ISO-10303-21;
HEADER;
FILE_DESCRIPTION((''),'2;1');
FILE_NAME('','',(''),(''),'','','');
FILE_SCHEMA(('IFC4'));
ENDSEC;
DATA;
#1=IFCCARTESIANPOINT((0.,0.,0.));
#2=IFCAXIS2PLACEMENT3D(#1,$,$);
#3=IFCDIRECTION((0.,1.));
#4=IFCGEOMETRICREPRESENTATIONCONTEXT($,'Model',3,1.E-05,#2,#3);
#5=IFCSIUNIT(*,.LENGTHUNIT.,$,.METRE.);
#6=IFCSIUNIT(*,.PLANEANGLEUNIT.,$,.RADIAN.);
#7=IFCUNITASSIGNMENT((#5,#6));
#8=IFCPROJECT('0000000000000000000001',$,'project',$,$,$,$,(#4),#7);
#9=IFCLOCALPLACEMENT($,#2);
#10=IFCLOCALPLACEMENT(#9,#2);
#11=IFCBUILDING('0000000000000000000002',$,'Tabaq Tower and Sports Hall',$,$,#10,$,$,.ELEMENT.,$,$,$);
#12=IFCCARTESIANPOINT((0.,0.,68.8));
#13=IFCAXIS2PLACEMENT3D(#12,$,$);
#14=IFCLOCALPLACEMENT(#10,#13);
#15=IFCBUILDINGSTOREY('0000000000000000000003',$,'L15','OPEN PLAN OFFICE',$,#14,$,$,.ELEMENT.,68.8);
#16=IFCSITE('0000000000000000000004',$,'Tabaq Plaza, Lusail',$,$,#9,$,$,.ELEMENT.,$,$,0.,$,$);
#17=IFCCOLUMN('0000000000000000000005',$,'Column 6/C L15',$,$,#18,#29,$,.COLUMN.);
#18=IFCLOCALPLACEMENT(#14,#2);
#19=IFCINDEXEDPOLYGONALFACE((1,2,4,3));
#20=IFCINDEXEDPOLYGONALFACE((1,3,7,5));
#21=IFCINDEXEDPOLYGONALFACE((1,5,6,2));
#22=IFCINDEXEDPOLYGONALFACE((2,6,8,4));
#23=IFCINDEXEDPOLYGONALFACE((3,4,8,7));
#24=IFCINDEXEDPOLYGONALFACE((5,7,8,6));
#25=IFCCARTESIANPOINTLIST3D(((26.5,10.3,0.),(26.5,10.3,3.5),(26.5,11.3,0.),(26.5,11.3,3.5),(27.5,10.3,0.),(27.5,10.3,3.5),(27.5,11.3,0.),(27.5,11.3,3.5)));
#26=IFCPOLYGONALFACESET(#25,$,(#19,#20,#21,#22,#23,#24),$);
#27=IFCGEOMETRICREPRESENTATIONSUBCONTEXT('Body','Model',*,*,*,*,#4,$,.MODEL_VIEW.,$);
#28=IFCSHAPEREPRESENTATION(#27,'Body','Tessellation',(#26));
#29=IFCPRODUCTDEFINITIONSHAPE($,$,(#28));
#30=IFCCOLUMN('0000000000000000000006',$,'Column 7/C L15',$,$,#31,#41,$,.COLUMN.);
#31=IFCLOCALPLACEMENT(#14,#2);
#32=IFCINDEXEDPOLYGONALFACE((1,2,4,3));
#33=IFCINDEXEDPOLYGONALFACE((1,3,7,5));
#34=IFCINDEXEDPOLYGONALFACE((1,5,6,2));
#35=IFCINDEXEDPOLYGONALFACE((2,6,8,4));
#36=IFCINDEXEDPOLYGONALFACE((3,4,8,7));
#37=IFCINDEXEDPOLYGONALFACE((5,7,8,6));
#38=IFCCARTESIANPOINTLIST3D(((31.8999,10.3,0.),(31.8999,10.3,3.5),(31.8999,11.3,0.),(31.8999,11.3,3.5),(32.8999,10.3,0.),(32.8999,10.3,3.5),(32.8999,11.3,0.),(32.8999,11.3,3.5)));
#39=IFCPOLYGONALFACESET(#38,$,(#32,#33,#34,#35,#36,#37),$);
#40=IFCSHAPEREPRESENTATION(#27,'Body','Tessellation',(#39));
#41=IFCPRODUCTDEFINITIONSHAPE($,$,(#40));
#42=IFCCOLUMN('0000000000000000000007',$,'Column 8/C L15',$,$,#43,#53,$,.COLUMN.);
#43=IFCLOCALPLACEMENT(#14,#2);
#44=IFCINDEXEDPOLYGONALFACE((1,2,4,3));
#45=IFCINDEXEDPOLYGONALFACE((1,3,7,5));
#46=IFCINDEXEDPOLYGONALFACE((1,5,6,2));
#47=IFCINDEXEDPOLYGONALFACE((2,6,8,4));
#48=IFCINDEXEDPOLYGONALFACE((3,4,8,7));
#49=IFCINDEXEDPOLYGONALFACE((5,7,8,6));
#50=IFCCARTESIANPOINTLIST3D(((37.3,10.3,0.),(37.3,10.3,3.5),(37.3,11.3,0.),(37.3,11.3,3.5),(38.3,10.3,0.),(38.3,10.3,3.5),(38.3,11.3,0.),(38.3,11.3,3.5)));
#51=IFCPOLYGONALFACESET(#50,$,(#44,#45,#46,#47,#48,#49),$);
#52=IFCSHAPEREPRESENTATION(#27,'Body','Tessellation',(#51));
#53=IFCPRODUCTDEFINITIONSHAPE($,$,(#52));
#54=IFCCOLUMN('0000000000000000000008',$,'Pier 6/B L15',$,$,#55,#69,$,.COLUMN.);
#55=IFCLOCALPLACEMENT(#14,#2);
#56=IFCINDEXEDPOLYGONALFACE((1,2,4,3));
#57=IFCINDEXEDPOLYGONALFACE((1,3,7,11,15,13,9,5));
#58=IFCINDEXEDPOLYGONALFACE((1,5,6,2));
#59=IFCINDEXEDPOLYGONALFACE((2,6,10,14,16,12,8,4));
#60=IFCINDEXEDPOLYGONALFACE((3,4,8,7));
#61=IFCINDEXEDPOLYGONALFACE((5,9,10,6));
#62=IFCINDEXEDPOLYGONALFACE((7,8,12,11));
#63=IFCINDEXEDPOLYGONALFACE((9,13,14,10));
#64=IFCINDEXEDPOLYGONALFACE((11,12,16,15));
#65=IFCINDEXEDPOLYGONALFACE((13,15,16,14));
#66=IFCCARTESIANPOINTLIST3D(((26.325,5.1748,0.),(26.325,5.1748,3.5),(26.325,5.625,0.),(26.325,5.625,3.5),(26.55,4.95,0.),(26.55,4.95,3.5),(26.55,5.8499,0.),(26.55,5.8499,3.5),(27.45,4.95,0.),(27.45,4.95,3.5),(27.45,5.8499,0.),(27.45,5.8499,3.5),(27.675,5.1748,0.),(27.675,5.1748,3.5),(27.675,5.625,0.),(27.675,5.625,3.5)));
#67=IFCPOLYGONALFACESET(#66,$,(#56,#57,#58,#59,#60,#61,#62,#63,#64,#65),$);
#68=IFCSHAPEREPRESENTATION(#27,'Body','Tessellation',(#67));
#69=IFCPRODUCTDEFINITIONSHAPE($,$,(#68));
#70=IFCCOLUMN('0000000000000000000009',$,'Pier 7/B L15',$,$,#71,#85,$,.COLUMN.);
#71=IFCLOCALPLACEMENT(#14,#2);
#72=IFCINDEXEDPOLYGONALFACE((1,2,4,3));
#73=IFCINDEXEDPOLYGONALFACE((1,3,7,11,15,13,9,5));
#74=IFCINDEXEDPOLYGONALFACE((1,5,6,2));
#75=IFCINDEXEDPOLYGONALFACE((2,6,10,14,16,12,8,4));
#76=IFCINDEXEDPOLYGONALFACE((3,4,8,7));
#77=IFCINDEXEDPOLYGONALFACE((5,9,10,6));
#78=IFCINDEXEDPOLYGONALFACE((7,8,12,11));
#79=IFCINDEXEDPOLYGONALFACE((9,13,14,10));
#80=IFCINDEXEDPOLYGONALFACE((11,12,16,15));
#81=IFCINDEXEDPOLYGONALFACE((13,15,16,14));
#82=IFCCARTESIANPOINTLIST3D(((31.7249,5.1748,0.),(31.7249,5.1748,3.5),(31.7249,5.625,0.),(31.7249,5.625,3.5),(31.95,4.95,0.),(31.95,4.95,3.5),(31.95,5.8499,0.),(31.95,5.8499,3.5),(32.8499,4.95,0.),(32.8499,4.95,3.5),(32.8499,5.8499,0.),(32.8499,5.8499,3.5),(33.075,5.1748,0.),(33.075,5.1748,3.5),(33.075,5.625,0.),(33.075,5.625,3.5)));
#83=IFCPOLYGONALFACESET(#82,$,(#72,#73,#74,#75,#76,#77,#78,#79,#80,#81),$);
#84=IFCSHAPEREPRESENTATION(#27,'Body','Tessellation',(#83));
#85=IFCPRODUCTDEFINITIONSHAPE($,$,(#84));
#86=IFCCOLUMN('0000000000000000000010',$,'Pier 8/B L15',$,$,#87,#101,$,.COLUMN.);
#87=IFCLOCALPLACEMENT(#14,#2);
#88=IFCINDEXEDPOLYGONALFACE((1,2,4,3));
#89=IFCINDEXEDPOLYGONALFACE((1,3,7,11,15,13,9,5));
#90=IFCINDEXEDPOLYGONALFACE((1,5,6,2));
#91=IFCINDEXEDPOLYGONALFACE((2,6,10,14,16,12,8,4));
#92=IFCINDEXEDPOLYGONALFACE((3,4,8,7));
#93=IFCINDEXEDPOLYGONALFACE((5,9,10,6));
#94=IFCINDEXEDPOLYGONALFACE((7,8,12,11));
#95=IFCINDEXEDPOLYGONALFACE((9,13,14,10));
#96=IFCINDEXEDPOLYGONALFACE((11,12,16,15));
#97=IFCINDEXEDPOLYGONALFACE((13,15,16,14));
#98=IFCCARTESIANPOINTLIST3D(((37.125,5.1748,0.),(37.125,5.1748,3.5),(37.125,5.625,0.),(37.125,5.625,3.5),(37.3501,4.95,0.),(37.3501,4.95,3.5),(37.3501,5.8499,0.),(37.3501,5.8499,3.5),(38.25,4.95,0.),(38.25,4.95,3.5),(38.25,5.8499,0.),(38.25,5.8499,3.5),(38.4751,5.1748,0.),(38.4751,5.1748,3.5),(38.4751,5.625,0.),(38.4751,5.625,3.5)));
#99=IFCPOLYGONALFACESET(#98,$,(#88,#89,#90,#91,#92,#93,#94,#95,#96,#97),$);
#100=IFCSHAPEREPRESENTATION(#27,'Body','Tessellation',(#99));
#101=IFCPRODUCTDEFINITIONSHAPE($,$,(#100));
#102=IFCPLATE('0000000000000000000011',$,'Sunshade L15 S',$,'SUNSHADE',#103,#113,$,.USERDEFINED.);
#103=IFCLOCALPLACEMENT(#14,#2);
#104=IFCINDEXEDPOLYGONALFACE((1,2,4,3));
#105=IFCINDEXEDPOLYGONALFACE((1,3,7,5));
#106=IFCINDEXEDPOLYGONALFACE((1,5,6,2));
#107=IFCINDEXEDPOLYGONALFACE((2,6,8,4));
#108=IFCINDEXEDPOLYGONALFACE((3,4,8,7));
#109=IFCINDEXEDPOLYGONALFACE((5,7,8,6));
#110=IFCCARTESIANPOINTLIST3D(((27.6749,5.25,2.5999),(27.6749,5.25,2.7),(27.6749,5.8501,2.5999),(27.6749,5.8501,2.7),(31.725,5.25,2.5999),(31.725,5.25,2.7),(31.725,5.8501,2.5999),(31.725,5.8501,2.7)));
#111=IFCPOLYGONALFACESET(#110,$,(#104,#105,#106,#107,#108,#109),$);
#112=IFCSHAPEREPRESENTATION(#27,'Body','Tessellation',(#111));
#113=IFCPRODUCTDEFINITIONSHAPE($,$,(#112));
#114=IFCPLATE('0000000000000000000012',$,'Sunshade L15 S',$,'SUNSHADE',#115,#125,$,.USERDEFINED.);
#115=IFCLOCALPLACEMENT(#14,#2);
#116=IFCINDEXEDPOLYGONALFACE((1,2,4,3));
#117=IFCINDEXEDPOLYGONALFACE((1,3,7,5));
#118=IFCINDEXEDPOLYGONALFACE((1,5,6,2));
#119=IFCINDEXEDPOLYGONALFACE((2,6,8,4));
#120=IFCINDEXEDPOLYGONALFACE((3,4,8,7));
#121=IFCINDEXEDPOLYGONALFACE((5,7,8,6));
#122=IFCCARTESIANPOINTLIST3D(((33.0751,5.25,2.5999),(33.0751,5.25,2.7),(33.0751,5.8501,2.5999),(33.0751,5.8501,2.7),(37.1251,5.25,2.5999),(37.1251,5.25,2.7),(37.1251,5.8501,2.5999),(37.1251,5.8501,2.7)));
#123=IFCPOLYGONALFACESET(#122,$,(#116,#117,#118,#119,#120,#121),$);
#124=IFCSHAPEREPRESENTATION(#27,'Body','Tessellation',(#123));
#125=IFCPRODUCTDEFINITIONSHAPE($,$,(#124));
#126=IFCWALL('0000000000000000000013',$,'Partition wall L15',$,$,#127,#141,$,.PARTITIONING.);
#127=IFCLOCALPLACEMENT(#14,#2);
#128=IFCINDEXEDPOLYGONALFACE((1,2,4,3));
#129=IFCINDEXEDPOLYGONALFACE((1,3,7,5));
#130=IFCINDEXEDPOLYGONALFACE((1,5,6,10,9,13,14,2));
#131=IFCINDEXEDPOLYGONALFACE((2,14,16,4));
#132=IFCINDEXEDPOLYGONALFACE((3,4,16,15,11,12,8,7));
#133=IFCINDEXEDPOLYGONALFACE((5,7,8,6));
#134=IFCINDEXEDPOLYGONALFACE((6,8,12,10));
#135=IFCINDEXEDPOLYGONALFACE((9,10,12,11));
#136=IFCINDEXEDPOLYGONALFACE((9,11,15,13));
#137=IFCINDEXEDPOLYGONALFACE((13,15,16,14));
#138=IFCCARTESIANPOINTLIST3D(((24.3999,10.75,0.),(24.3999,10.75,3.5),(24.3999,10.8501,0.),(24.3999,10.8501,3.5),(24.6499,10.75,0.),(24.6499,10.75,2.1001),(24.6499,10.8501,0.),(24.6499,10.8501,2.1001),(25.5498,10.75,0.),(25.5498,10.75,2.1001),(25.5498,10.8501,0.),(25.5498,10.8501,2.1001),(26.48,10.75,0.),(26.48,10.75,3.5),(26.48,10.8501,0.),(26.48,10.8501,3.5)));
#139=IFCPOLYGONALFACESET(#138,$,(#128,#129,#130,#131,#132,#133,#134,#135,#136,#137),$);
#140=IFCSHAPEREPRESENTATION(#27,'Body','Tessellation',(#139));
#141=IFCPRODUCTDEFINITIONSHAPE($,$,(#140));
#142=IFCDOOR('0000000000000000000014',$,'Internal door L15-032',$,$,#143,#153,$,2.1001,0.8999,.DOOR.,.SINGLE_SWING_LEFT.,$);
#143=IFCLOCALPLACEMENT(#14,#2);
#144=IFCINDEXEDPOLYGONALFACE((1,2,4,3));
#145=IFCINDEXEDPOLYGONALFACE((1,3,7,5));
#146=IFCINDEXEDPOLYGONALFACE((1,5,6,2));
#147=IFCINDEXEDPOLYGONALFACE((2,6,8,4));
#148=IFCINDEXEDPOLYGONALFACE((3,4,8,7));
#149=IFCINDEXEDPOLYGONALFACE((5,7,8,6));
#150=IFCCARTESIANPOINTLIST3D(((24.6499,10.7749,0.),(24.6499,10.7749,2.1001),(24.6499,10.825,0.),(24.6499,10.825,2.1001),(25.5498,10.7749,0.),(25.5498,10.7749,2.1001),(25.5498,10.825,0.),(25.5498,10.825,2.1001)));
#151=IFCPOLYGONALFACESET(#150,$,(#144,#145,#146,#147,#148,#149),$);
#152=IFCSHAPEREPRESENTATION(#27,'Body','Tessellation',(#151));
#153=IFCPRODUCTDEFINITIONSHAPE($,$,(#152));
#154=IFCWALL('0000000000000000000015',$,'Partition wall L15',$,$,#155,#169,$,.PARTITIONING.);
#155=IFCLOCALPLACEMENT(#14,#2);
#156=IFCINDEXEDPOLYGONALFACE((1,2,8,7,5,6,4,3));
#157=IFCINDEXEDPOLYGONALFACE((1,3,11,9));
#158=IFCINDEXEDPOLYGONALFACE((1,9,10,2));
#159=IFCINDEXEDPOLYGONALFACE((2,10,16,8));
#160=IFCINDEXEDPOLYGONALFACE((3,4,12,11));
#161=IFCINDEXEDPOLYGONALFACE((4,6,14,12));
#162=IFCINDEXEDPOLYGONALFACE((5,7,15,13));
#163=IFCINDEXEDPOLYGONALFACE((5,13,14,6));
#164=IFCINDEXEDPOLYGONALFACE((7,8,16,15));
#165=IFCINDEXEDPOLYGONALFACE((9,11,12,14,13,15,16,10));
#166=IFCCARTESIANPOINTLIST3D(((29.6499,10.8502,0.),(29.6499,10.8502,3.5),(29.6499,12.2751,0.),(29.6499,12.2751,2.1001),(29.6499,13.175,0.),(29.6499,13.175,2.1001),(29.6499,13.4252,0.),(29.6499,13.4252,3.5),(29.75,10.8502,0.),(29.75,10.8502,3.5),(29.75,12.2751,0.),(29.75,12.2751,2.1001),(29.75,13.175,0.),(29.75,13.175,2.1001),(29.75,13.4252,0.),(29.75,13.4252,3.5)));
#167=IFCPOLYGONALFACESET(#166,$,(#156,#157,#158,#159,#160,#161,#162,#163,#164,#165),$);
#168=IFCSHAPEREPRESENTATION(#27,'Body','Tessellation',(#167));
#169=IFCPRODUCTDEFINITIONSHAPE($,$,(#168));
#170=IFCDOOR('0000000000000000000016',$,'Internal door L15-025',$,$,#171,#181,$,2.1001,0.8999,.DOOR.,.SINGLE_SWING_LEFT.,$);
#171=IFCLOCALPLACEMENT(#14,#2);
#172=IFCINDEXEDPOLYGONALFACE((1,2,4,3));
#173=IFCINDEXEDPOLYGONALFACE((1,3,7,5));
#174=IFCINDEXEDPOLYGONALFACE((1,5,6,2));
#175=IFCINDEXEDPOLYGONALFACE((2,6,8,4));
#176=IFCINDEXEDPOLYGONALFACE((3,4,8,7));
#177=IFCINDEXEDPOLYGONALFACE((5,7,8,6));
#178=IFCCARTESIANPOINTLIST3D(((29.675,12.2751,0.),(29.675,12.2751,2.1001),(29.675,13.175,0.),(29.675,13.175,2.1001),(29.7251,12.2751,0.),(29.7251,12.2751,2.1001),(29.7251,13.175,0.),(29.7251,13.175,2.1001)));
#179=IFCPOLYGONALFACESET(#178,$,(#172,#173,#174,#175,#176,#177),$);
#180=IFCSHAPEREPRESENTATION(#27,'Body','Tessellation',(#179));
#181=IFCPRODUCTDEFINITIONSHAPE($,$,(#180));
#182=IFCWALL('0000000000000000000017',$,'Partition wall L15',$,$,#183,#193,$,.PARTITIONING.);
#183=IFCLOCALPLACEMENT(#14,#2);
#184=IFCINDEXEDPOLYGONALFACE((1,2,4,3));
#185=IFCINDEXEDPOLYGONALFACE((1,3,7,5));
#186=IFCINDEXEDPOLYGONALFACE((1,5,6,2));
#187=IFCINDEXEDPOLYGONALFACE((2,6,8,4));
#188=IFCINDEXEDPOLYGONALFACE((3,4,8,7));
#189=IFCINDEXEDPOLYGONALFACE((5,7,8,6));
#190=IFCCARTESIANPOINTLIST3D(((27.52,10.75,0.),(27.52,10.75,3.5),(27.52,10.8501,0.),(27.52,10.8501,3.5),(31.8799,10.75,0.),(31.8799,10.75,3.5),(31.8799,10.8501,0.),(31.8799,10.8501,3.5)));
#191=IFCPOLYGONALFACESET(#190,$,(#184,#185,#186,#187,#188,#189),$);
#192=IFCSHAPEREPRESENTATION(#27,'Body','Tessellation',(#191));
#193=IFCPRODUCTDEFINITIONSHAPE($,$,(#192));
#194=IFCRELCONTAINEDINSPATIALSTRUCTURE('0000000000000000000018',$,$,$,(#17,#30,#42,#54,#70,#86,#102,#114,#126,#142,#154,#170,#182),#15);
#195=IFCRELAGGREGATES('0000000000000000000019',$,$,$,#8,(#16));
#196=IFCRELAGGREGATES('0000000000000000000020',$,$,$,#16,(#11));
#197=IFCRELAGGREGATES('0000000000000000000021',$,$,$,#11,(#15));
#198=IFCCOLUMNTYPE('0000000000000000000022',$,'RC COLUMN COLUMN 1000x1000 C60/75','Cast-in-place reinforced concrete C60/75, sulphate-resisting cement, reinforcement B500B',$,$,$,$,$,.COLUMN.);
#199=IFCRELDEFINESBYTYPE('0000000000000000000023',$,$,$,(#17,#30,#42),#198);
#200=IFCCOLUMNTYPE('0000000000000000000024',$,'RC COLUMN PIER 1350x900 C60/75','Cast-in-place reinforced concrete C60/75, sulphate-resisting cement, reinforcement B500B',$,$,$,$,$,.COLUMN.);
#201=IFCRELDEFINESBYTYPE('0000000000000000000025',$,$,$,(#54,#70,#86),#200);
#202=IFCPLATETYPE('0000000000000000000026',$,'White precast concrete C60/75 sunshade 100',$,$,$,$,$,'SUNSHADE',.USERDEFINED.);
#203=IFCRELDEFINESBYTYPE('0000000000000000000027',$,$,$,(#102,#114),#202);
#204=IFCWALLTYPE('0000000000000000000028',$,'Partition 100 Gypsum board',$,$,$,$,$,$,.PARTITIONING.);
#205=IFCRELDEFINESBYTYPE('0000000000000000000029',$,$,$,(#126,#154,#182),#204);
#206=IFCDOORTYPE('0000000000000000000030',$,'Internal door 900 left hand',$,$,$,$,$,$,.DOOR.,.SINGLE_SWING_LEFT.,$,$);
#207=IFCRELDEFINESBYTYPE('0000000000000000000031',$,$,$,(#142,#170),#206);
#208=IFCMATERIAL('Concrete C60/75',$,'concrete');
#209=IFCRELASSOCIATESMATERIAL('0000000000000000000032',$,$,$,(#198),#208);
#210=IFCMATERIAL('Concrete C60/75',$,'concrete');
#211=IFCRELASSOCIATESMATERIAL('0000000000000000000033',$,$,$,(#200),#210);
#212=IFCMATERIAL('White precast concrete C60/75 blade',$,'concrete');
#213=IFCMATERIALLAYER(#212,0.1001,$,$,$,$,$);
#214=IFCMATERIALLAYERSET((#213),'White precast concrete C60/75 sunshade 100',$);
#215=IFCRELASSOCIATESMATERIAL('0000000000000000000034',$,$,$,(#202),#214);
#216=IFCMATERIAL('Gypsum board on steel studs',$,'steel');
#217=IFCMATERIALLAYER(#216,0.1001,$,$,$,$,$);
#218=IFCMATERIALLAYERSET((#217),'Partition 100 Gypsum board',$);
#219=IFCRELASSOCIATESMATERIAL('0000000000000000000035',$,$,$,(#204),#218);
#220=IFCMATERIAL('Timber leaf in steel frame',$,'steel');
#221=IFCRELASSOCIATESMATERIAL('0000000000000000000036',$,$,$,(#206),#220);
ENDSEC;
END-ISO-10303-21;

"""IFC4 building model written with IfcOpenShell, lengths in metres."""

from ifc_helpers import new_model, si_unit, direction, frame, frame_2d, origin, origin_2d, place, context, subcontext, project, spatial, polyline, rectangle, outline, extrude, material, layer, layer_set, material_profile, profile_set, type_object, element, fill, save


model = new_model("IFC4")

# Units and contexts
model_context = context("Model", 3, precision=1e-05, world=origin(), true_north=direction((0.0, 1.0)))
body_context = subcontext(model_context, "Body", "Model", "MODEL_VIEW")
ifc_project = project(units=[si_unit("LENGTHUNIT", "METRE"), si_unit("PLANEANGLEUNIT", "RADIAN")], contexts=[model_context])

# Site, building, storey
site_placement = place(None, origin())
site = spatial("IfcSite", under=ifc_project, at=site_placement, Name="Tabaq Plaza, Lusail", CompositionType="ELEMENT", RefElevation=0.0)
building_placement = place(site_placement, origin())
building = spatial("IfcBuilding", under=site, at=building_placement, Name="Tabaq Tower and Sports Hall", CompositionType="ELEMENT")
storey_placement = place(building_placement, frame((0.0, 0.0, 68.8)))
storey = spatial("IfcBuildingStorey", under=building, at=storey_placement, Name="L15", Description="OPEN PLAN OFFICE", CompositionType="ELEMENT", Elevation=68.8)

# Columns
ifc_material_1 = material(Name="Concrete C60/75", Category="concrete")
ifc_material_profile_1 = material_profile(ifc_material_1, rectangle(XDim=1.0, YDim=1.0, at=origin_2d()), Name="COLUMN 1000x1000")
ifc_profile_set_1 = profile_set([ifc_material_profile_1], Name="Concrete C60/75")
column_type_1 = type_object("IfcColumnType", Name="RC COLUMN COLUMN 1000x1000 C60/75", Description="Cast-in-place reinforced concrete C60/75, sulphate-resisting cement, reinforcement B500B", PredefinedType="COLUMN", material=ifc_profile_set_1)
for number, where, z_axis, x_axis, name in (
    (1, (27.0, 10.8, 0.0), (0.0, 0.0, 1.0), (1.0, 0.0, 0.0), "Column 6/C L15"),
    (2, (32.3999, 10.8, 0.0), (0.0, 0.0, 1.0), (1.0, 0.0, 0.0), "Column 7/C L15"),
    (3, (37.8, 10.8, 0.0), (0.0, 0.0, 1.0), (1.0, 0.0, 0.0), "Column 8/C L15"),
):
    element("IfcColumn", number, at=place(storey_placement, frame(where, z_axis=z_axis, x_axis=x_axis)), inside=storey, type_object=column_type_1, Name=name, PredefinedType="COLUMN", context=body_context, shape_type="SweptSolid", body=[
        extrude(rectangle(XDim=1.0, YDim=1.0, at=origin_2d()), origin(), (0.0, 0.0, 1.0), 3.5),
    ])
ifc_material_2 = material(Name="Concrete C60/75", Category="concrete")
ifc_material_profile_2 = material_profile(ifc_material_2, outline(polyline([(-0.45, -0.45), (0.45, -0.45), (0.675, -0.2251), (0.675, 0.2251), (0.45, 0.45), (-0.45, 0.45), (-0.675, 0.2251), (-0.675, -0.2251), (-0.45, -0.45)])), Name="PIER 1350x900")
ifc_profile_set_2 = profile_set([ifc_material_profile_2], Name="Concrete C60/75")
column_type_2 = type_object("IfcColumnType", Name="RC COLUMN PIER 1350x900 C60/75", Description="Cast-in-place reinforced concrete C60/75, sulphate-resisting cement, reinforcement B500B", PredefinedType="COLUMN", material=ifc_profile_set_2)
for number, where, z_axis, x_axis, name in (
    (4, (27.0, 5.3999, 0.0), (0.0, 0.0, 1.0), (1.0, 0.0, 0.0), "Pier 6/B L15"),
    (5, (32.3999, 5.3999, 0.0), (0.0, 0.0, 1.0), (1.0, 0.0, 0.0), "Pier 7/B L15"),
    (6, (37.8, 5.3999, 0.0), (0.0, 0.0, 1.0), (1.0, 0.0, 0.0), "Pier 8/B L15"),
):
    element("IfcColumn", number, at=place(storey_placement, frame(where, z_axis=z_axis, x_axis=x_axis)), inside=storey, type_object=column_type_2, Name=name, PredefinedType="COLUMN", context=body_context, shape_type="SweptSolid", body=[
        extrude(outline(polyline([(-0.45, -0.45), (0.45, -0.45), (0.675, -0.2251), (0.675, 0.2251), (0.45, 0.45), (-0.45, 0.45), (-0.675, 0.2251), (-0.675, -0.2251), (-0.45, -0.45)])), origin(), (0.0, 0.0, 1.0), 3.5),
    ])

# Plates
ifc_material_3 = material(Name="White precast concrete C60/75 blade", Category="concrete")
ifc_layer_1 = layer(ifc_material_3, 0.1001)
ifc_layer_set_1 = layer_set([ifc_layer_1], Name="White precast concrete C60/75 sunshade 100")
plate_type = type_object("IfcPlateType", Name="White precast concrete C60/75 sunshade 100", ElementType="SUNSHADE", PredefinedType="USERDEFINED", material=ifc_layer_set_1)
for number, where, z_axis, x_axis, name in (
    (7, (29.7, 5.55, 2.5999), (0.0, 0.0, 1.0), (1.0, 0.0, 0.0), "Sunshade L15 S"),
    (8, (35.1001, 5.55, 2.5999), (0.0, 0.0, 1.0), (1.0, 0.0, 0.0), "Sunshade L15 S"),
):
    element("IfcPlate", number, at=place(storey_placement, frame(where, z_axis=z_axis, x_axis=x_axis)), inside=storey, type_object=plate_type, Name=name, ObjectType="SUNSHADE", PredefinedType="USERDEFINED", context=body_context, shape_type="SweptSolid", body=[
        extrude(rectangle(XDim=4.05, YDim=0.6001, at=origin_2d()), origin(), (0.0, 0.0, 1.0), 0.1001),
    ])

# Walls, openings, doors
ifc_material_4 = material(Name="Gypsum board on steel studs", Category="steel")
ifc_layer_2 = layer(ifc_material_4, 0.1001)
ifc_layer_set_2 = layer_set([ifc_layer_2], Name="Partition 100 Gypsum board")
wall_type_1 = type_object("IfcWallType", Name="Partition 100 Gypsum board", PredefinedType="PARTITIONING", material=ifc_layer_set_2)
wall_1_placement = place(storey_placement, frame((24.3999, 10.8, 0.0), z_axis=(0.0, 0.0, 1.0), x_axis=(1.0, 0.0, 0.0)))
wall_1 = element("IfcWall", 9, at=wall_1_placement, inside=storey, type_object=wall_type_1, Name="Partition wall L15", PredefinedType="PARTITIONING", context=body_context, shape_type="SweptSolid", body=[
    extrude(rectangle(XDim=2.0801, YDim=0.1001, at=frame_2d((1.04, 0.0))), origin(), (0.0, 0.0, 1.0), 3.5),
])
opening_1_placement = place(wall_1_placement, frame((0.25, 0.0, 0.0)))
opening_1 = element("IfcOpeningElement", 10, at=opening_1_placement, cuts=wall_1, PredefinedType="OPENING", context=body_context, shape_type="SweptSolid", body=[
    extrude(rectangle(XDim=0.8999, YDim=2.1001, at=frame_2d((0.45, 1.05))), frame((0.0, 0.05, 0.0), z_axis=(0.0, -1.0, 0.0), x_axis=(1.0, 0.0, 0.0)), (0.0, 0.0, 1.0), 0.1001),
])
ifc_material_5 = material(Name="Timber leaf in steel frame", Category="steel")
door_type_1 = type_object("IfcDoorType", Name="Internal door 900 left hand", OperationType="SINGLE_SWING_LEFT", PredefinedType="DOOR", material=ifc_material_5)
door_1_placement = place(opening_1_placement, origin())
door_1 = element("IfcDoor", 11, at=door_1_placement, inside=storey, type_object=door_type_1, Name="Internal door L15-032", OperationType="SINGLE_SWING_LEFT", OverallHeight=2.1001, OverallWidth=0.8999, PredefinedType="DOOR", context=body_context, shape_type="SweptSolid", body=[
    extrude(rectangle(XDim=0.8999, YDim=2.1001, at=frame_2d((0.45, 1.05))), frame((0.0, 0.0249, 0.0), z_axis=(0.0, -1.0, 0.0), x_axis=(1.0, 0.0, 0.0)), (0.0, 0.0, 1.0), 0.05),
])
fill(opening_1, door_1)
wall_2_placement = place(storey_placement, frame((29.7, 10.8501, 0.0), z_axis=(0.0, 0.0, 1.0), x_axis=(0.0, 1.0, 0.0)))
wall_2 = element("IfcWall", 12, at=wall_2_placement, inside=storey, type_object=wall_type_1, Name="Partition wall L15", PredefinedType="PARTITIONING", context=body_context, shape_type="SweptSolid", body=[
    extrude(rectangle(XDim=2.575, YDim=0.1001, at=frame_2d((1.2876, 0.0))), origin(), (0.0, 0.0, 1.0), 3.5),
])
opening_2_placement = place(wall_2_placement, frame((1.425, 0.0, 0.0)))
opening_2 = element("IfcOpeningElement", 13, at=opening_2_placement, cuts=wall_2, PredefinedType="OPENING", context=body_context, shape_type="SweptSolid", body=[
    extrude(rectangle(XDim=0.8999, YDim=2.1001, at=frame_2d((0.45, 1.05))), frame((0.0, 0.05, 0.0), z_axis=(0.0, -1.0, 0.0), x_axis=(1.0, 0.0, 0.0)), (0.0, 0.0, 1.0), 0.1001),
])
door_2_placement = place(opening_2_placement, origin())
door_2 = element("IfcDoor", 14, at=door_2_placement, inside=storey, type_object=door_type_1, Name="Internal door L15-025", OperationType="SINGLE_SWING_LEFT", OverallHeight=2.1001, OverallWidth=0.8999, PredefinedType="DOOR", context=body_context, shape_type="SweptSolid", body=[
    extrude(rectangle(XDim=0.8999, YDim=2.1001, at=frame_2d((0.45, 1.05))), frame((0.0, 0.0249, 0.0), z_axis=(0.0, -1.0, 0.0), x_axis=(1.0, 0.0, 0.0)), (0.0, 0.0, 1.0), 0.05),
])
fill(opening_2, door_2)

# Wall
wall_3_placement = place(storey_placement, frame((27.52, 10.8, 0.0), z_axis=(0.0, 0.0, 1.0), x_axis=(1.0, 0.0, 0.0)))
element("IfcWall", 15, at=wall_3_placement, inside=storey, type_object=wall_type_1, Name="Partition wall L15", PredefinedType="PARTITIONING", context=body_context, shape_type="SweptSolid", body=[
    extrude(rectangle(XDim=4.3599, YDim=0.1001, at=frame_2d((2.1799, 0.0))), origin(), (0.0, 0.0, 1.0), 3.5),
])

save(model, "model.ifc")
